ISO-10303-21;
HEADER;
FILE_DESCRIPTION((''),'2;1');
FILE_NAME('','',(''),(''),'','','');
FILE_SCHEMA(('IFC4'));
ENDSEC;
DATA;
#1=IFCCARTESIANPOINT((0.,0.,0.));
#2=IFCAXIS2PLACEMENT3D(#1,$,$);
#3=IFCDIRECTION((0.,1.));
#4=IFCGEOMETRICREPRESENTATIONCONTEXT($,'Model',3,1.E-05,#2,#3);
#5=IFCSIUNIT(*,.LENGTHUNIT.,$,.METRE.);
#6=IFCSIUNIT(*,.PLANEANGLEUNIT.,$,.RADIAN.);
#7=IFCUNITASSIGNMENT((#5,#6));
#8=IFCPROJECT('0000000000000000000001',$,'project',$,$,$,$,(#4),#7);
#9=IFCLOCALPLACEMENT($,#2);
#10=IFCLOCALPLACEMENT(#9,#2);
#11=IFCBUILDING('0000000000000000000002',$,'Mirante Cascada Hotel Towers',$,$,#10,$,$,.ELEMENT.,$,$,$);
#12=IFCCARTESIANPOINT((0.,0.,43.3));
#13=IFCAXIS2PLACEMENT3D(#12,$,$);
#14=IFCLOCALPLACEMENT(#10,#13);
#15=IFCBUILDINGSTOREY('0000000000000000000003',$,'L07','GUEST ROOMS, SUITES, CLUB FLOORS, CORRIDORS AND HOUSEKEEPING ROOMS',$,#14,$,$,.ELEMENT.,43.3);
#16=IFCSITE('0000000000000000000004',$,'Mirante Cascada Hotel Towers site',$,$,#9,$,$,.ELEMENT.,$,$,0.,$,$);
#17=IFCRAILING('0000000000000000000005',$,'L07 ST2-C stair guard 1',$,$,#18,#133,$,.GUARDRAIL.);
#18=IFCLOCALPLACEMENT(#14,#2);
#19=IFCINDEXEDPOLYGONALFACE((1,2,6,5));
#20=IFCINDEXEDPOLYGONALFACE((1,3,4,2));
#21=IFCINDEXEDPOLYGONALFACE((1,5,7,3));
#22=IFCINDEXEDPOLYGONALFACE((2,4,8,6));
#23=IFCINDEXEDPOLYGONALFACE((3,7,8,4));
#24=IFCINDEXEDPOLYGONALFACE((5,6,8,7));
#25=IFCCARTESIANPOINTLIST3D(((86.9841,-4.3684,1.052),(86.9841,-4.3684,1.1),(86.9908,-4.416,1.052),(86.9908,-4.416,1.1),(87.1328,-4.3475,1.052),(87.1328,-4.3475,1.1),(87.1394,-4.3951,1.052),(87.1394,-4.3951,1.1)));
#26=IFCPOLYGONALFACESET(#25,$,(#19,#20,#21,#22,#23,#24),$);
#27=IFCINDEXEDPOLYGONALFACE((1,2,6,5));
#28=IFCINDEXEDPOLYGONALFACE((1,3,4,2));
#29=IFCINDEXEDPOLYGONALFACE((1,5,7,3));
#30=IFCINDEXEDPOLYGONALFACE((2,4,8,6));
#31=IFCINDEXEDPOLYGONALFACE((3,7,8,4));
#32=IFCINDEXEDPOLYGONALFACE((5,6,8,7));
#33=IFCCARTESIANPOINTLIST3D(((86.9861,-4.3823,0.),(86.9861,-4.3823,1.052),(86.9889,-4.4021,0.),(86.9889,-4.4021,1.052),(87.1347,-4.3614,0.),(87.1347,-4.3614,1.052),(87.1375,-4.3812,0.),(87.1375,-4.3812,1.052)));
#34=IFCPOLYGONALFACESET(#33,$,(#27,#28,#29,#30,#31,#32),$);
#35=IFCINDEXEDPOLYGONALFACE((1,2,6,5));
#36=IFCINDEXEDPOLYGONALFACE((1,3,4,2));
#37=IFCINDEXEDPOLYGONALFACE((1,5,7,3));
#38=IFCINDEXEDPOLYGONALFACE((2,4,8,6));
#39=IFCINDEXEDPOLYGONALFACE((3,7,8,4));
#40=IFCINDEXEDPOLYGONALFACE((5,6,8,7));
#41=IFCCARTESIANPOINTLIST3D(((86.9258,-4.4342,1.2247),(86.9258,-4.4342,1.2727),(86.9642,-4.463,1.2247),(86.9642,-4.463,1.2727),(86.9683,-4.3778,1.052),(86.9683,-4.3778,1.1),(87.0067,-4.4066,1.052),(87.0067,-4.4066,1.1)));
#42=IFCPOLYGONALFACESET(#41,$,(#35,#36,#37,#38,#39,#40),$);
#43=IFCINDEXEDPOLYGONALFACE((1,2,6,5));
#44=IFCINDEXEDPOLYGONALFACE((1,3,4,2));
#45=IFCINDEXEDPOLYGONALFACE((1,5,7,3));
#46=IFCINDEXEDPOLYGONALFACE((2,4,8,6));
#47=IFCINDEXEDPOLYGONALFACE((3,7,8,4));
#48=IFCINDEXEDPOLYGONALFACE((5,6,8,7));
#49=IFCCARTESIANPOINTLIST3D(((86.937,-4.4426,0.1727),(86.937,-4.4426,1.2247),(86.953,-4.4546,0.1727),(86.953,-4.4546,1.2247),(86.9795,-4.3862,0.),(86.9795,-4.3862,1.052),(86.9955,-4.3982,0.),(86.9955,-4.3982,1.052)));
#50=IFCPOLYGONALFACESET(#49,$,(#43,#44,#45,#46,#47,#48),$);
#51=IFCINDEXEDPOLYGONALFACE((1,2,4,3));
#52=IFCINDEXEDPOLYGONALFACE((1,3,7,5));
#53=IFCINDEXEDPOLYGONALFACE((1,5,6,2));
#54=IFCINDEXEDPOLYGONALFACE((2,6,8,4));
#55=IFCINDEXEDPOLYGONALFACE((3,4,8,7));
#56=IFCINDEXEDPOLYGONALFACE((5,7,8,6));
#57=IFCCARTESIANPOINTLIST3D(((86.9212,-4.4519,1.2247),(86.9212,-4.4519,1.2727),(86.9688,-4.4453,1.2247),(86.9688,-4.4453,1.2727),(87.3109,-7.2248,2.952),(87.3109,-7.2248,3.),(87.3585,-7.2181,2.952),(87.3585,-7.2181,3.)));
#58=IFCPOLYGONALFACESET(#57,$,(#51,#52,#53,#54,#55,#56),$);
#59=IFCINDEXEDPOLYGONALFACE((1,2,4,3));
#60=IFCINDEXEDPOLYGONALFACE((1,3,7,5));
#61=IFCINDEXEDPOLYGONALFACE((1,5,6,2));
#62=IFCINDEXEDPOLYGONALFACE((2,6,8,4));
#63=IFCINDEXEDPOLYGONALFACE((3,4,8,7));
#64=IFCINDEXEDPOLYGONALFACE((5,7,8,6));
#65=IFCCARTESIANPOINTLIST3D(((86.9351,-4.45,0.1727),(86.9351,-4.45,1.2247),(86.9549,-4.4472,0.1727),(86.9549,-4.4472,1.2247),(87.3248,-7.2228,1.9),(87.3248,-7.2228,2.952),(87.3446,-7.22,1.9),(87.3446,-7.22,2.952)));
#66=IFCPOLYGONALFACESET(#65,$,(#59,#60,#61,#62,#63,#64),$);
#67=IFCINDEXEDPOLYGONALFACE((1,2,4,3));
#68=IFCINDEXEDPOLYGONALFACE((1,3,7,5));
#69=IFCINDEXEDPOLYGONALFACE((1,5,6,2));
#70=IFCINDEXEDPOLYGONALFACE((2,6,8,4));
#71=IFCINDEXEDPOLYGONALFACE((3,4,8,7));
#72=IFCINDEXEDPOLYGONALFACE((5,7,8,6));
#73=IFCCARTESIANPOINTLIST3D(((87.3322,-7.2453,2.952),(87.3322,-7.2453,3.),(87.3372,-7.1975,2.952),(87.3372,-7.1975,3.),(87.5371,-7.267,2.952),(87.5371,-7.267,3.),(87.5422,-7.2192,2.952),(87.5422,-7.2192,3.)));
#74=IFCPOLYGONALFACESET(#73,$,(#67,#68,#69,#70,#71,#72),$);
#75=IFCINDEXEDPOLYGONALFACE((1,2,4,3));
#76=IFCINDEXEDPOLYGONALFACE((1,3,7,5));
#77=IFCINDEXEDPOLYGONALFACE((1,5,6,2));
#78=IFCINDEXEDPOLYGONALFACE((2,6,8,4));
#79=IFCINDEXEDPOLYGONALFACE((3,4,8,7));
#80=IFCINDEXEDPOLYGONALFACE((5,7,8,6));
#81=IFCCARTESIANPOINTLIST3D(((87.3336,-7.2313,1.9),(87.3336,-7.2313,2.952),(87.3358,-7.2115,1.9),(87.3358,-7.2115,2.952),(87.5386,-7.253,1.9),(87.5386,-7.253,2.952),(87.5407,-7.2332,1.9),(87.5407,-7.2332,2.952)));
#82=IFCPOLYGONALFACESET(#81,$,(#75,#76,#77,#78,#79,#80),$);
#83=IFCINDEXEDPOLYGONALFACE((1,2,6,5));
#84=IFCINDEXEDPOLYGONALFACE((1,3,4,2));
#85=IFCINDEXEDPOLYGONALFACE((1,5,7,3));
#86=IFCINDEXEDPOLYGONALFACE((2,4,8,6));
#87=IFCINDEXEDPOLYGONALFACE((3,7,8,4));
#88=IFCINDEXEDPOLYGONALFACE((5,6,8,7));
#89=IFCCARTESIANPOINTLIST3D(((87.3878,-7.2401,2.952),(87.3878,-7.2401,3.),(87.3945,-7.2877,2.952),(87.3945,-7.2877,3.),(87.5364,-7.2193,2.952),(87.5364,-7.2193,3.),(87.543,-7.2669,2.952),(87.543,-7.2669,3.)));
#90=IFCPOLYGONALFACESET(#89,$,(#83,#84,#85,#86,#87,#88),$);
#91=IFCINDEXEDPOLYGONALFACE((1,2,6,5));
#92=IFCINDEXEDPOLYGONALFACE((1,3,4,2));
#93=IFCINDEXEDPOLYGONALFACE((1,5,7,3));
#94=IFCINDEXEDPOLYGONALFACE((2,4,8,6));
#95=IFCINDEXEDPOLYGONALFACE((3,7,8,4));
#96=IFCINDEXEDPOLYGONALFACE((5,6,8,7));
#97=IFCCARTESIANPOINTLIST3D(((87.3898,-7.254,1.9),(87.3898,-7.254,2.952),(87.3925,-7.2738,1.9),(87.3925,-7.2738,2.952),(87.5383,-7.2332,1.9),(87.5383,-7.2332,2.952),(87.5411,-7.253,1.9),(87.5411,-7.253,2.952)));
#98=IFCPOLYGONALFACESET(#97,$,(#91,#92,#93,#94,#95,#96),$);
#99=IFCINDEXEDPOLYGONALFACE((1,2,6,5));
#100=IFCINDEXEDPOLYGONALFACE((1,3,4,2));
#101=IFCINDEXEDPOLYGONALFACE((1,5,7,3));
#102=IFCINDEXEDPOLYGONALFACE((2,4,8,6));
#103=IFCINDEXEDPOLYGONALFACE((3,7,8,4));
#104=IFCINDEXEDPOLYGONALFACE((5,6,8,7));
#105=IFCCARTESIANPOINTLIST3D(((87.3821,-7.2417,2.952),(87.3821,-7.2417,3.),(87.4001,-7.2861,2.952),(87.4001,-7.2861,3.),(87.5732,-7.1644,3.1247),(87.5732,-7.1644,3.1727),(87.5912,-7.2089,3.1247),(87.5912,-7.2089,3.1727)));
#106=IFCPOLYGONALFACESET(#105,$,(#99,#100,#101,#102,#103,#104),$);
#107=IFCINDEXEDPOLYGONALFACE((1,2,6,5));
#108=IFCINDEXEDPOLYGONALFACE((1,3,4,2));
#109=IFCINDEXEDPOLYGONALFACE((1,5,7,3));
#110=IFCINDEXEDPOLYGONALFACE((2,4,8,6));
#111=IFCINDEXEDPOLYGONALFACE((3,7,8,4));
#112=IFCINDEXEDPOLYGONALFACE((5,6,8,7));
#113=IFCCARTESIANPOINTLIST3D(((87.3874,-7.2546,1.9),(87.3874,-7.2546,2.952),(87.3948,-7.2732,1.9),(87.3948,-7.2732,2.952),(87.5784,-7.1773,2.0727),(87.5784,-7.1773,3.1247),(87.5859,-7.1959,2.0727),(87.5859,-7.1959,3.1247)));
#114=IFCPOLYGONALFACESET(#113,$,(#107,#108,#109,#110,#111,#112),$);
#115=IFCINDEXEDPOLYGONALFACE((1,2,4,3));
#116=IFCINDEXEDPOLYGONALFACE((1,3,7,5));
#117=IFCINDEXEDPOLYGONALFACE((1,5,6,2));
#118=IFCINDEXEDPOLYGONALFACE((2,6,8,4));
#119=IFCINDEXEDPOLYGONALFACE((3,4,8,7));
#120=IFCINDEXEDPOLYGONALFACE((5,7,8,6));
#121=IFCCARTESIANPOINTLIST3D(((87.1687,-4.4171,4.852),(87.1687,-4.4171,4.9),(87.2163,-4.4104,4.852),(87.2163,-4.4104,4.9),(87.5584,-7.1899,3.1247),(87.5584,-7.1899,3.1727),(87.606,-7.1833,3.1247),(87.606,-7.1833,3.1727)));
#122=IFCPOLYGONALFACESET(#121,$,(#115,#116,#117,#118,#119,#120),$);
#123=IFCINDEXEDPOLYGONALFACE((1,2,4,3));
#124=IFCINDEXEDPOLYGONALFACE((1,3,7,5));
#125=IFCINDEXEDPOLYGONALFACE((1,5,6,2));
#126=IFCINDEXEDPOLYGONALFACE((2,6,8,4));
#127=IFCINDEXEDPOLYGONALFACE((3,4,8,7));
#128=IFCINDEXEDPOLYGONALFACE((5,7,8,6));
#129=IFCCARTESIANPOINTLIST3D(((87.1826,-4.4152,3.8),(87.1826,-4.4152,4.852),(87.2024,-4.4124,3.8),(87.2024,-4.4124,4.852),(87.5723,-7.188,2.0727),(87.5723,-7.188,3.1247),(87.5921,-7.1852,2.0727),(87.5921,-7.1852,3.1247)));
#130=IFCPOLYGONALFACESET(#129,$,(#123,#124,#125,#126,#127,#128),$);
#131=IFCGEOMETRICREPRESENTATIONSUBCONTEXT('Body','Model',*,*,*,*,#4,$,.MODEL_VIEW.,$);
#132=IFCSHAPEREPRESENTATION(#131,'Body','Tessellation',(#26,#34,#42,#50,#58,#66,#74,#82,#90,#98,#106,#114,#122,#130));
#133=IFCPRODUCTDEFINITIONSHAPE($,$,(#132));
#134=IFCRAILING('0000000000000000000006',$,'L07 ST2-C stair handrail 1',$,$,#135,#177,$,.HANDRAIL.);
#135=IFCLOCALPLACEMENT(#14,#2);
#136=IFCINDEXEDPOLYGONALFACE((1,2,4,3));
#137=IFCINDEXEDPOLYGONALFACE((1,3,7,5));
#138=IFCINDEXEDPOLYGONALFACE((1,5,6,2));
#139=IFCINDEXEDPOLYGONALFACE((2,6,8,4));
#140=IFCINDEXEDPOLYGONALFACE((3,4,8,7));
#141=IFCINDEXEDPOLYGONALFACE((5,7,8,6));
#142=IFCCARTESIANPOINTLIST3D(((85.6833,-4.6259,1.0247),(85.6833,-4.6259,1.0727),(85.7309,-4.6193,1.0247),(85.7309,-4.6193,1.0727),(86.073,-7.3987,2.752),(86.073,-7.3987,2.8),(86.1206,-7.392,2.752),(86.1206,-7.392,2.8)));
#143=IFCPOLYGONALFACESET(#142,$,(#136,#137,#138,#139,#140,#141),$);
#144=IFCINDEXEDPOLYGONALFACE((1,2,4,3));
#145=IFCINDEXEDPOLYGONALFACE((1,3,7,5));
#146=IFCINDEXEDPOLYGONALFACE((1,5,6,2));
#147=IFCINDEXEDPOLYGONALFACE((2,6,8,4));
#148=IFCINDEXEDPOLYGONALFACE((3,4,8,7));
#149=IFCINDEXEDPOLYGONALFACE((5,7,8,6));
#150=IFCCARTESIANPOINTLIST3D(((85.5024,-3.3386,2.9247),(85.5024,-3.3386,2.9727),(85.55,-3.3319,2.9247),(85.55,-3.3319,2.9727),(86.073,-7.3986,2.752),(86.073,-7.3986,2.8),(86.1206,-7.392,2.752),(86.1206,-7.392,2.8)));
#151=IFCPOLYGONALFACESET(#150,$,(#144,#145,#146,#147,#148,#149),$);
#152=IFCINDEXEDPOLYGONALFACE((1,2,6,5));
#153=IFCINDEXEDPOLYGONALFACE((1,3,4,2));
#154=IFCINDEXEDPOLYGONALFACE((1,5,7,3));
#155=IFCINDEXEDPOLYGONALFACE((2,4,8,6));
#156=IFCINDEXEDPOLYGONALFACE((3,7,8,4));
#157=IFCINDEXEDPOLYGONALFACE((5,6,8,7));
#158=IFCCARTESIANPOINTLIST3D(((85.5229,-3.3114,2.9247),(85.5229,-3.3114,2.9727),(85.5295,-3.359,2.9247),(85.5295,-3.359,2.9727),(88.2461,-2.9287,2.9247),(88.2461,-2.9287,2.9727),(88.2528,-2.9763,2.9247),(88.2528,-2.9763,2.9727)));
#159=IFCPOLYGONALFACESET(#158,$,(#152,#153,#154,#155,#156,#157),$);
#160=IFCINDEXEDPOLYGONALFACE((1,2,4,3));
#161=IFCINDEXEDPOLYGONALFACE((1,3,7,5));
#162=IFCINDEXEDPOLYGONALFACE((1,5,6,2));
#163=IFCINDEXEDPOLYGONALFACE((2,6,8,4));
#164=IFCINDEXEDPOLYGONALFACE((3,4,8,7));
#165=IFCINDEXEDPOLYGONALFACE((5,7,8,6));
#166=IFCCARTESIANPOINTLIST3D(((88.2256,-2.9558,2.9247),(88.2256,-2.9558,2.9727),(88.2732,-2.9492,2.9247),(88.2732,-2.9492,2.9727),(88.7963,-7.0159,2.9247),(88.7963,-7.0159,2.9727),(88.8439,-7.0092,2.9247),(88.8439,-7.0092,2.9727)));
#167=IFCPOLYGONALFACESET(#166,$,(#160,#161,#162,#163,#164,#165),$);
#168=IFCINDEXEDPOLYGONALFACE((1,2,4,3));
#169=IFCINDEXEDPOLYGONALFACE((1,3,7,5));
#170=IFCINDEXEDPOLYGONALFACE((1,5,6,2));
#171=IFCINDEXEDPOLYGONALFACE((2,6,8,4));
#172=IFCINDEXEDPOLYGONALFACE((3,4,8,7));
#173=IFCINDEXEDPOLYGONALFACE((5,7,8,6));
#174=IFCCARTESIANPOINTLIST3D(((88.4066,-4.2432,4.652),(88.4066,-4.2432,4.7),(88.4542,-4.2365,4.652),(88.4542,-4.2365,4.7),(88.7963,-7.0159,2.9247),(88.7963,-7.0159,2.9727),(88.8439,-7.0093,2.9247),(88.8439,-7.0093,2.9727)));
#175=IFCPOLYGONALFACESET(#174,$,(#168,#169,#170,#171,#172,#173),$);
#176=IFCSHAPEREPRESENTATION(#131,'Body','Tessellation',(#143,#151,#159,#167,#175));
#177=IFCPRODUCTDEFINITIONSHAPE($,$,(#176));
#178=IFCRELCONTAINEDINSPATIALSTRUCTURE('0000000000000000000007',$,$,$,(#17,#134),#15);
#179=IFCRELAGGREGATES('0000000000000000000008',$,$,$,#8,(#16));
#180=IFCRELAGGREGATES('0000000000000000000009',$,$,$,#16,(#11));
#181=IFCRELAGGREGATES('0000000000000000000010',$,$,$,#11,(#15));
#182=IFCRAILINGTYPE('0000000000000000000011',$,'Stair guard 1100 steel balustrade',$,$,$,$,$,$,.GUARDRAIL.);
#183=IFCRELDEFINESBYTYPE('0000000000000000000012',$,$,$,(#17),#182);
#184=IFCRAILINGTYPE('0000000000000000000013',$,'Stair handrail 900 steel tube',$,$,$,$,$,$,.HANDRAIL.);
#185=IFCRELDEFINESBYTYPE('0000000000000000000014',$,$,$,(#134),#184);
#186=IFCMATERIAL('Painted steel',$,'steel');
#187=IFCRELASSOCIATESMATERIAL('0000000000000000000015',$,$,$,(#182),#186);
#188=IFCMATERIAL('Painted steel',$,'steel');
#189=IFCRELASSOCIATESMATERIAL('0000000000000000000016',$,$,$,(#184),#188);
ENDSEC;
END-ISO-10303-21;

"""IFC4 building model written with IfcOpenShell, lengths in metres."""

from ifc_helpers import new_model, si_unit, direction, frame, origin, origin_2d, place, context, subcontext, project, spatial, rectangle, extrude, material, type_object, element, save


model = new_model("IFC4")

# Units and contexts
model_context = context("Model", 3, precision=1e-05, world=origin(), true_north=direction((0.0, 1.0)))
body_context = subcontext(model_context, "Body", "Model", "MODEL_VIEW")
ifc_project = project(units=[si_unit("LENGTHUNIT", "METRE"), si_unit("PLANEANGLEUNIT", "RADIAN")], contexts=[model_context])

# Site, building, storey
site_placement = place(None, origin())
site = spatial("IfcSite", under=ifc_project, at=site_placement, Name="Mirante Cascada Hotel Towers site", CompositionType="ELEMENT", RefElevation=0.0)
building_placement = place(site_placement, origin())
building = spatial("IfcBuilding", under=site, at=building_placement, Name="Mirante Cascada Hotel Towers", CompositionType="ELEMENT")
storey_placement = place(building_placement, frame((0.0, 0.0, 43.3)))
storey = spatial("IfcBuildingStorey", under=building, at=storey_placement, Name="L07", Description="GUEST ROOMS, SUITES, CLUB FLOORS, CORRIDORS AND HOUSEKEEPING ROOMS", CompositionType="ELEMENT", Elevation=43.3)

# Railings
ifc_material_1 = material(Name="Painted steel", Category="steel")
railing_type_1 = type_object("IfcRailingType", Name="Stair guard 1100 steel balustrade", PredefinedType="GUARDRAIL", material=ifc_material_1)
railing_1_placement = place(storey_placement, frame((87.1361, -4.3713, 0.0)))
element("IfcRailing", 1, at=railing_1_placement, inside=storey, type_object=railing_type_1, Name="L07 ST2-C stair guard 1", PredefinedType="GUARDRAIL", context=body_context, shape_type="SweptSolid", body=[
    extrude(rectangle(XDim=0.048, YDim=0.048, at=origin_2d()), frame((0.0, 0.0, 1.076), z_axis=(-0.990254, -0.139275, 0.0), x_axis=(0.139275, -0.990254, 0.0)), (0.0, 0.0, 1.0), 0.1501),
    extrude(rectangle(XDim=0.02, YDim=1.052, at=origin_2d()), frame((0.0, 0.0, 0.526), z_axis=(-0.990254, -0.139275, 0.0), x_axis=(0.139275, -0.990254, 0.0)), (0.0, 0.0, 1.0), 0.1501),
    extrude(rectangle(XDim=0.048, YDim=0.048, at=origin_2d()), frame((-0.1486, -0.0209, 1.076), z_axis=(-0.601811, -0.798639, 0.0), x_axis=(0.798639, -0.601811, 0.0)), (0.0, 0.925603, 0.378496), 0.1866),
    extrude(rectangle(XDim=0.02, YDim=1.052, at=origin_2d()), frame((-0.1486, -0.0209, 0.526), z_axis=(-0.601811, -0.798639, 0.0), x_axis=(0.798639, -0.601811, 0.0)), (0.0, 0.925603, 0.378496), 0.1866),
    extrude(rectangle(XDim=0.048, YDim=0.048, at=origin_2d()), frame((-0.1911, -0.0773, 1.2487), z_axis=(0.139176, -0.990268, 0.0), x_axis=(0.990268, 0.139176, 0.0)), (0.0, 0.525021, 0.851089), 3.29),
    extrude(rectangle(XDim=0.02, YDim=1.052, at=origin_2d()), frame((-0.1911, -0.0773, 0.6987), z_axis=(0.139176, -0.990268, 0.0), x_axis=(0.990268, 0.139176, 0.0)), (0.0, 0.525021, 0.851089), 3.29),
    extrude(rectangle(XDim=0.048, YDim=0.048, at=origin_2d()), frame((0.1986, -2.8501, 2.976), z_axis=(0.994444, -0.105266, 0.0), x_axis=(0.105266, 0.994444, 0.0)), (0.0, 0.0, 1.0), 0.2061),
    extrude(rectangle(XDim=0.02, YDim=1.052, at=origin_2d()), frame((0.1986, -2.8501, 2.426), z_axis=(0.994444, -0.105266, 0.0), x_axis=(0.105266, 0.994444, 0.0)), (0.0, 0.0, 1.0), 0.2061),
    extrude(rectangle(XDim=0.048, YDim=0.048, at=origin_2d()), frame((0.4036, -2.8718, 2.976), z_axis=(-0.990345, -0.138622, 0.0), x_axis=(0.138622, -0.990345, 0.0)), (0.0, 0.0, 1.0), 0.15),
    extrude(rectangle(XDim=0.02, YDim=1.052, at=origin_2d()), frame((0.4036, -2.8718, 2.426), z_axis=(-0.990345, -0.138622, 0.0), x_axis=(0.138622, -0.990345, 0.0)), (0.0, 0.0, 1.0), 0.15),
    extrude(rectangle(XDim=0.048, YDim=0.048, at=origin_2d()), frame((0.255, -2.8926, 2.976), z_axis=(0.927031, 0.374984, 0.0), x_axis=(-0.374984, 0.927031, 0.0)), (0.0, 0.64219, 0.766545), 0.2689),
    extrude(rectangle(XDim=0.02, YDim=1.052, at=origin_2d()), frame((0.255, -2.8926, 2.426), z_axis=(0.927031, 0.374984, 0.0), x_axis=(-0.374984, 0.927031, 0.0)), (0.0, 0.64219, 0.766545), 0.2689),
    extrude(rectangle(XDim=0.048, YDim=0.048, at=origin_2d()), frame((0.4461, -2.8153, 3.1487), z_axis=(-0.139176, 0.990268, 0.0), x_axis=(-0.990268, -0.139176, 0.0)), (0.0, 0.525021, 0.851089), 3.29),
    extrude(rectangle(XDim=0.02, YDim=1.052, at=origin_2d()), frame((0.4461, -2.8153, 2.5987), z_axis=(-0.139176, 0.990268, 0.0), x_axis=(-0.990268, -0.139176, 0.0)), (0.0, 0.525021, 0.851089), 3.29),
])
ifc_material_2 = material(Name="Painted steel", Category="steel")
railing_type_2 = type_object("IfcRailingType", Name="Stair handrail 900 steel tube", PredefinedType="HANDRAIL", material=ifc_material_2)
railing_2_placement = place(storey_placement, frame((85.7071, -4.6226, 0.1727)))
element("IfcRailing", 2, at=railing_2_placement, inside=storey, type_object=railing_type_2, Name="L07 ST2-C stair handrail 1", PredefinedType="HANDRAIL", context=body_context, shape_type="SweptSolid", body=[
    extrude(rectangle(XDim=0.048, YDim=0.048, at=origin_2d()), frame((0.0, 0.0, 0.876), z_axis=(0.139181, -0.990267, 0.0), x_axis=(0.990267, 0.139181, 0.0)), (0.0, 0.525035, 0.851081), 3.2899),
    extrude(rectangle(XDim=0.048, YDim=0.048, at=origin_2d()), frame((0.3897, -2.7727, 2.6033), z_axis=(-0.139171, 0.990268, 0.0), x_axis=(-0.990268, -0.139171, 0.0)), (0.0, 0.042085, 0.999114), 4.1036),
    extrude(rectangle(XDim=0.048, YDim=0.048, at=origin_2d()), frame((-0.1809, 1.2874, 2.776), z_axis=(0.990269, 0.139166, 0.0), x_axis=(-0.139166, 0.990269, 0.0)), (0.0, 0.0, 1.0), 2.75),
    extrude(rectangle(XDim=0.048, YDim=0.048, at=origin_2d()), frame((2.5423, 1.6701, 2.776), z_axis=(0.139195, -0.990265, 0.0), x_axis=(0.990265, 0.139195, 0.0)), (0.0, 0.0, 1.0), 4.1),
    extrude(rectangle(XDim=0.048, YDim=0.048, at=origin_2d()), frame((3.113, -2.39, 2.776), z_axis=(-0.139181, 0.990267, 0.0), x_axis=(-0.990267, -0.139181, 0.0)), (0.0, 0.525035, 0.851081), 3.2899),
])

save(model, "model.ifc")
